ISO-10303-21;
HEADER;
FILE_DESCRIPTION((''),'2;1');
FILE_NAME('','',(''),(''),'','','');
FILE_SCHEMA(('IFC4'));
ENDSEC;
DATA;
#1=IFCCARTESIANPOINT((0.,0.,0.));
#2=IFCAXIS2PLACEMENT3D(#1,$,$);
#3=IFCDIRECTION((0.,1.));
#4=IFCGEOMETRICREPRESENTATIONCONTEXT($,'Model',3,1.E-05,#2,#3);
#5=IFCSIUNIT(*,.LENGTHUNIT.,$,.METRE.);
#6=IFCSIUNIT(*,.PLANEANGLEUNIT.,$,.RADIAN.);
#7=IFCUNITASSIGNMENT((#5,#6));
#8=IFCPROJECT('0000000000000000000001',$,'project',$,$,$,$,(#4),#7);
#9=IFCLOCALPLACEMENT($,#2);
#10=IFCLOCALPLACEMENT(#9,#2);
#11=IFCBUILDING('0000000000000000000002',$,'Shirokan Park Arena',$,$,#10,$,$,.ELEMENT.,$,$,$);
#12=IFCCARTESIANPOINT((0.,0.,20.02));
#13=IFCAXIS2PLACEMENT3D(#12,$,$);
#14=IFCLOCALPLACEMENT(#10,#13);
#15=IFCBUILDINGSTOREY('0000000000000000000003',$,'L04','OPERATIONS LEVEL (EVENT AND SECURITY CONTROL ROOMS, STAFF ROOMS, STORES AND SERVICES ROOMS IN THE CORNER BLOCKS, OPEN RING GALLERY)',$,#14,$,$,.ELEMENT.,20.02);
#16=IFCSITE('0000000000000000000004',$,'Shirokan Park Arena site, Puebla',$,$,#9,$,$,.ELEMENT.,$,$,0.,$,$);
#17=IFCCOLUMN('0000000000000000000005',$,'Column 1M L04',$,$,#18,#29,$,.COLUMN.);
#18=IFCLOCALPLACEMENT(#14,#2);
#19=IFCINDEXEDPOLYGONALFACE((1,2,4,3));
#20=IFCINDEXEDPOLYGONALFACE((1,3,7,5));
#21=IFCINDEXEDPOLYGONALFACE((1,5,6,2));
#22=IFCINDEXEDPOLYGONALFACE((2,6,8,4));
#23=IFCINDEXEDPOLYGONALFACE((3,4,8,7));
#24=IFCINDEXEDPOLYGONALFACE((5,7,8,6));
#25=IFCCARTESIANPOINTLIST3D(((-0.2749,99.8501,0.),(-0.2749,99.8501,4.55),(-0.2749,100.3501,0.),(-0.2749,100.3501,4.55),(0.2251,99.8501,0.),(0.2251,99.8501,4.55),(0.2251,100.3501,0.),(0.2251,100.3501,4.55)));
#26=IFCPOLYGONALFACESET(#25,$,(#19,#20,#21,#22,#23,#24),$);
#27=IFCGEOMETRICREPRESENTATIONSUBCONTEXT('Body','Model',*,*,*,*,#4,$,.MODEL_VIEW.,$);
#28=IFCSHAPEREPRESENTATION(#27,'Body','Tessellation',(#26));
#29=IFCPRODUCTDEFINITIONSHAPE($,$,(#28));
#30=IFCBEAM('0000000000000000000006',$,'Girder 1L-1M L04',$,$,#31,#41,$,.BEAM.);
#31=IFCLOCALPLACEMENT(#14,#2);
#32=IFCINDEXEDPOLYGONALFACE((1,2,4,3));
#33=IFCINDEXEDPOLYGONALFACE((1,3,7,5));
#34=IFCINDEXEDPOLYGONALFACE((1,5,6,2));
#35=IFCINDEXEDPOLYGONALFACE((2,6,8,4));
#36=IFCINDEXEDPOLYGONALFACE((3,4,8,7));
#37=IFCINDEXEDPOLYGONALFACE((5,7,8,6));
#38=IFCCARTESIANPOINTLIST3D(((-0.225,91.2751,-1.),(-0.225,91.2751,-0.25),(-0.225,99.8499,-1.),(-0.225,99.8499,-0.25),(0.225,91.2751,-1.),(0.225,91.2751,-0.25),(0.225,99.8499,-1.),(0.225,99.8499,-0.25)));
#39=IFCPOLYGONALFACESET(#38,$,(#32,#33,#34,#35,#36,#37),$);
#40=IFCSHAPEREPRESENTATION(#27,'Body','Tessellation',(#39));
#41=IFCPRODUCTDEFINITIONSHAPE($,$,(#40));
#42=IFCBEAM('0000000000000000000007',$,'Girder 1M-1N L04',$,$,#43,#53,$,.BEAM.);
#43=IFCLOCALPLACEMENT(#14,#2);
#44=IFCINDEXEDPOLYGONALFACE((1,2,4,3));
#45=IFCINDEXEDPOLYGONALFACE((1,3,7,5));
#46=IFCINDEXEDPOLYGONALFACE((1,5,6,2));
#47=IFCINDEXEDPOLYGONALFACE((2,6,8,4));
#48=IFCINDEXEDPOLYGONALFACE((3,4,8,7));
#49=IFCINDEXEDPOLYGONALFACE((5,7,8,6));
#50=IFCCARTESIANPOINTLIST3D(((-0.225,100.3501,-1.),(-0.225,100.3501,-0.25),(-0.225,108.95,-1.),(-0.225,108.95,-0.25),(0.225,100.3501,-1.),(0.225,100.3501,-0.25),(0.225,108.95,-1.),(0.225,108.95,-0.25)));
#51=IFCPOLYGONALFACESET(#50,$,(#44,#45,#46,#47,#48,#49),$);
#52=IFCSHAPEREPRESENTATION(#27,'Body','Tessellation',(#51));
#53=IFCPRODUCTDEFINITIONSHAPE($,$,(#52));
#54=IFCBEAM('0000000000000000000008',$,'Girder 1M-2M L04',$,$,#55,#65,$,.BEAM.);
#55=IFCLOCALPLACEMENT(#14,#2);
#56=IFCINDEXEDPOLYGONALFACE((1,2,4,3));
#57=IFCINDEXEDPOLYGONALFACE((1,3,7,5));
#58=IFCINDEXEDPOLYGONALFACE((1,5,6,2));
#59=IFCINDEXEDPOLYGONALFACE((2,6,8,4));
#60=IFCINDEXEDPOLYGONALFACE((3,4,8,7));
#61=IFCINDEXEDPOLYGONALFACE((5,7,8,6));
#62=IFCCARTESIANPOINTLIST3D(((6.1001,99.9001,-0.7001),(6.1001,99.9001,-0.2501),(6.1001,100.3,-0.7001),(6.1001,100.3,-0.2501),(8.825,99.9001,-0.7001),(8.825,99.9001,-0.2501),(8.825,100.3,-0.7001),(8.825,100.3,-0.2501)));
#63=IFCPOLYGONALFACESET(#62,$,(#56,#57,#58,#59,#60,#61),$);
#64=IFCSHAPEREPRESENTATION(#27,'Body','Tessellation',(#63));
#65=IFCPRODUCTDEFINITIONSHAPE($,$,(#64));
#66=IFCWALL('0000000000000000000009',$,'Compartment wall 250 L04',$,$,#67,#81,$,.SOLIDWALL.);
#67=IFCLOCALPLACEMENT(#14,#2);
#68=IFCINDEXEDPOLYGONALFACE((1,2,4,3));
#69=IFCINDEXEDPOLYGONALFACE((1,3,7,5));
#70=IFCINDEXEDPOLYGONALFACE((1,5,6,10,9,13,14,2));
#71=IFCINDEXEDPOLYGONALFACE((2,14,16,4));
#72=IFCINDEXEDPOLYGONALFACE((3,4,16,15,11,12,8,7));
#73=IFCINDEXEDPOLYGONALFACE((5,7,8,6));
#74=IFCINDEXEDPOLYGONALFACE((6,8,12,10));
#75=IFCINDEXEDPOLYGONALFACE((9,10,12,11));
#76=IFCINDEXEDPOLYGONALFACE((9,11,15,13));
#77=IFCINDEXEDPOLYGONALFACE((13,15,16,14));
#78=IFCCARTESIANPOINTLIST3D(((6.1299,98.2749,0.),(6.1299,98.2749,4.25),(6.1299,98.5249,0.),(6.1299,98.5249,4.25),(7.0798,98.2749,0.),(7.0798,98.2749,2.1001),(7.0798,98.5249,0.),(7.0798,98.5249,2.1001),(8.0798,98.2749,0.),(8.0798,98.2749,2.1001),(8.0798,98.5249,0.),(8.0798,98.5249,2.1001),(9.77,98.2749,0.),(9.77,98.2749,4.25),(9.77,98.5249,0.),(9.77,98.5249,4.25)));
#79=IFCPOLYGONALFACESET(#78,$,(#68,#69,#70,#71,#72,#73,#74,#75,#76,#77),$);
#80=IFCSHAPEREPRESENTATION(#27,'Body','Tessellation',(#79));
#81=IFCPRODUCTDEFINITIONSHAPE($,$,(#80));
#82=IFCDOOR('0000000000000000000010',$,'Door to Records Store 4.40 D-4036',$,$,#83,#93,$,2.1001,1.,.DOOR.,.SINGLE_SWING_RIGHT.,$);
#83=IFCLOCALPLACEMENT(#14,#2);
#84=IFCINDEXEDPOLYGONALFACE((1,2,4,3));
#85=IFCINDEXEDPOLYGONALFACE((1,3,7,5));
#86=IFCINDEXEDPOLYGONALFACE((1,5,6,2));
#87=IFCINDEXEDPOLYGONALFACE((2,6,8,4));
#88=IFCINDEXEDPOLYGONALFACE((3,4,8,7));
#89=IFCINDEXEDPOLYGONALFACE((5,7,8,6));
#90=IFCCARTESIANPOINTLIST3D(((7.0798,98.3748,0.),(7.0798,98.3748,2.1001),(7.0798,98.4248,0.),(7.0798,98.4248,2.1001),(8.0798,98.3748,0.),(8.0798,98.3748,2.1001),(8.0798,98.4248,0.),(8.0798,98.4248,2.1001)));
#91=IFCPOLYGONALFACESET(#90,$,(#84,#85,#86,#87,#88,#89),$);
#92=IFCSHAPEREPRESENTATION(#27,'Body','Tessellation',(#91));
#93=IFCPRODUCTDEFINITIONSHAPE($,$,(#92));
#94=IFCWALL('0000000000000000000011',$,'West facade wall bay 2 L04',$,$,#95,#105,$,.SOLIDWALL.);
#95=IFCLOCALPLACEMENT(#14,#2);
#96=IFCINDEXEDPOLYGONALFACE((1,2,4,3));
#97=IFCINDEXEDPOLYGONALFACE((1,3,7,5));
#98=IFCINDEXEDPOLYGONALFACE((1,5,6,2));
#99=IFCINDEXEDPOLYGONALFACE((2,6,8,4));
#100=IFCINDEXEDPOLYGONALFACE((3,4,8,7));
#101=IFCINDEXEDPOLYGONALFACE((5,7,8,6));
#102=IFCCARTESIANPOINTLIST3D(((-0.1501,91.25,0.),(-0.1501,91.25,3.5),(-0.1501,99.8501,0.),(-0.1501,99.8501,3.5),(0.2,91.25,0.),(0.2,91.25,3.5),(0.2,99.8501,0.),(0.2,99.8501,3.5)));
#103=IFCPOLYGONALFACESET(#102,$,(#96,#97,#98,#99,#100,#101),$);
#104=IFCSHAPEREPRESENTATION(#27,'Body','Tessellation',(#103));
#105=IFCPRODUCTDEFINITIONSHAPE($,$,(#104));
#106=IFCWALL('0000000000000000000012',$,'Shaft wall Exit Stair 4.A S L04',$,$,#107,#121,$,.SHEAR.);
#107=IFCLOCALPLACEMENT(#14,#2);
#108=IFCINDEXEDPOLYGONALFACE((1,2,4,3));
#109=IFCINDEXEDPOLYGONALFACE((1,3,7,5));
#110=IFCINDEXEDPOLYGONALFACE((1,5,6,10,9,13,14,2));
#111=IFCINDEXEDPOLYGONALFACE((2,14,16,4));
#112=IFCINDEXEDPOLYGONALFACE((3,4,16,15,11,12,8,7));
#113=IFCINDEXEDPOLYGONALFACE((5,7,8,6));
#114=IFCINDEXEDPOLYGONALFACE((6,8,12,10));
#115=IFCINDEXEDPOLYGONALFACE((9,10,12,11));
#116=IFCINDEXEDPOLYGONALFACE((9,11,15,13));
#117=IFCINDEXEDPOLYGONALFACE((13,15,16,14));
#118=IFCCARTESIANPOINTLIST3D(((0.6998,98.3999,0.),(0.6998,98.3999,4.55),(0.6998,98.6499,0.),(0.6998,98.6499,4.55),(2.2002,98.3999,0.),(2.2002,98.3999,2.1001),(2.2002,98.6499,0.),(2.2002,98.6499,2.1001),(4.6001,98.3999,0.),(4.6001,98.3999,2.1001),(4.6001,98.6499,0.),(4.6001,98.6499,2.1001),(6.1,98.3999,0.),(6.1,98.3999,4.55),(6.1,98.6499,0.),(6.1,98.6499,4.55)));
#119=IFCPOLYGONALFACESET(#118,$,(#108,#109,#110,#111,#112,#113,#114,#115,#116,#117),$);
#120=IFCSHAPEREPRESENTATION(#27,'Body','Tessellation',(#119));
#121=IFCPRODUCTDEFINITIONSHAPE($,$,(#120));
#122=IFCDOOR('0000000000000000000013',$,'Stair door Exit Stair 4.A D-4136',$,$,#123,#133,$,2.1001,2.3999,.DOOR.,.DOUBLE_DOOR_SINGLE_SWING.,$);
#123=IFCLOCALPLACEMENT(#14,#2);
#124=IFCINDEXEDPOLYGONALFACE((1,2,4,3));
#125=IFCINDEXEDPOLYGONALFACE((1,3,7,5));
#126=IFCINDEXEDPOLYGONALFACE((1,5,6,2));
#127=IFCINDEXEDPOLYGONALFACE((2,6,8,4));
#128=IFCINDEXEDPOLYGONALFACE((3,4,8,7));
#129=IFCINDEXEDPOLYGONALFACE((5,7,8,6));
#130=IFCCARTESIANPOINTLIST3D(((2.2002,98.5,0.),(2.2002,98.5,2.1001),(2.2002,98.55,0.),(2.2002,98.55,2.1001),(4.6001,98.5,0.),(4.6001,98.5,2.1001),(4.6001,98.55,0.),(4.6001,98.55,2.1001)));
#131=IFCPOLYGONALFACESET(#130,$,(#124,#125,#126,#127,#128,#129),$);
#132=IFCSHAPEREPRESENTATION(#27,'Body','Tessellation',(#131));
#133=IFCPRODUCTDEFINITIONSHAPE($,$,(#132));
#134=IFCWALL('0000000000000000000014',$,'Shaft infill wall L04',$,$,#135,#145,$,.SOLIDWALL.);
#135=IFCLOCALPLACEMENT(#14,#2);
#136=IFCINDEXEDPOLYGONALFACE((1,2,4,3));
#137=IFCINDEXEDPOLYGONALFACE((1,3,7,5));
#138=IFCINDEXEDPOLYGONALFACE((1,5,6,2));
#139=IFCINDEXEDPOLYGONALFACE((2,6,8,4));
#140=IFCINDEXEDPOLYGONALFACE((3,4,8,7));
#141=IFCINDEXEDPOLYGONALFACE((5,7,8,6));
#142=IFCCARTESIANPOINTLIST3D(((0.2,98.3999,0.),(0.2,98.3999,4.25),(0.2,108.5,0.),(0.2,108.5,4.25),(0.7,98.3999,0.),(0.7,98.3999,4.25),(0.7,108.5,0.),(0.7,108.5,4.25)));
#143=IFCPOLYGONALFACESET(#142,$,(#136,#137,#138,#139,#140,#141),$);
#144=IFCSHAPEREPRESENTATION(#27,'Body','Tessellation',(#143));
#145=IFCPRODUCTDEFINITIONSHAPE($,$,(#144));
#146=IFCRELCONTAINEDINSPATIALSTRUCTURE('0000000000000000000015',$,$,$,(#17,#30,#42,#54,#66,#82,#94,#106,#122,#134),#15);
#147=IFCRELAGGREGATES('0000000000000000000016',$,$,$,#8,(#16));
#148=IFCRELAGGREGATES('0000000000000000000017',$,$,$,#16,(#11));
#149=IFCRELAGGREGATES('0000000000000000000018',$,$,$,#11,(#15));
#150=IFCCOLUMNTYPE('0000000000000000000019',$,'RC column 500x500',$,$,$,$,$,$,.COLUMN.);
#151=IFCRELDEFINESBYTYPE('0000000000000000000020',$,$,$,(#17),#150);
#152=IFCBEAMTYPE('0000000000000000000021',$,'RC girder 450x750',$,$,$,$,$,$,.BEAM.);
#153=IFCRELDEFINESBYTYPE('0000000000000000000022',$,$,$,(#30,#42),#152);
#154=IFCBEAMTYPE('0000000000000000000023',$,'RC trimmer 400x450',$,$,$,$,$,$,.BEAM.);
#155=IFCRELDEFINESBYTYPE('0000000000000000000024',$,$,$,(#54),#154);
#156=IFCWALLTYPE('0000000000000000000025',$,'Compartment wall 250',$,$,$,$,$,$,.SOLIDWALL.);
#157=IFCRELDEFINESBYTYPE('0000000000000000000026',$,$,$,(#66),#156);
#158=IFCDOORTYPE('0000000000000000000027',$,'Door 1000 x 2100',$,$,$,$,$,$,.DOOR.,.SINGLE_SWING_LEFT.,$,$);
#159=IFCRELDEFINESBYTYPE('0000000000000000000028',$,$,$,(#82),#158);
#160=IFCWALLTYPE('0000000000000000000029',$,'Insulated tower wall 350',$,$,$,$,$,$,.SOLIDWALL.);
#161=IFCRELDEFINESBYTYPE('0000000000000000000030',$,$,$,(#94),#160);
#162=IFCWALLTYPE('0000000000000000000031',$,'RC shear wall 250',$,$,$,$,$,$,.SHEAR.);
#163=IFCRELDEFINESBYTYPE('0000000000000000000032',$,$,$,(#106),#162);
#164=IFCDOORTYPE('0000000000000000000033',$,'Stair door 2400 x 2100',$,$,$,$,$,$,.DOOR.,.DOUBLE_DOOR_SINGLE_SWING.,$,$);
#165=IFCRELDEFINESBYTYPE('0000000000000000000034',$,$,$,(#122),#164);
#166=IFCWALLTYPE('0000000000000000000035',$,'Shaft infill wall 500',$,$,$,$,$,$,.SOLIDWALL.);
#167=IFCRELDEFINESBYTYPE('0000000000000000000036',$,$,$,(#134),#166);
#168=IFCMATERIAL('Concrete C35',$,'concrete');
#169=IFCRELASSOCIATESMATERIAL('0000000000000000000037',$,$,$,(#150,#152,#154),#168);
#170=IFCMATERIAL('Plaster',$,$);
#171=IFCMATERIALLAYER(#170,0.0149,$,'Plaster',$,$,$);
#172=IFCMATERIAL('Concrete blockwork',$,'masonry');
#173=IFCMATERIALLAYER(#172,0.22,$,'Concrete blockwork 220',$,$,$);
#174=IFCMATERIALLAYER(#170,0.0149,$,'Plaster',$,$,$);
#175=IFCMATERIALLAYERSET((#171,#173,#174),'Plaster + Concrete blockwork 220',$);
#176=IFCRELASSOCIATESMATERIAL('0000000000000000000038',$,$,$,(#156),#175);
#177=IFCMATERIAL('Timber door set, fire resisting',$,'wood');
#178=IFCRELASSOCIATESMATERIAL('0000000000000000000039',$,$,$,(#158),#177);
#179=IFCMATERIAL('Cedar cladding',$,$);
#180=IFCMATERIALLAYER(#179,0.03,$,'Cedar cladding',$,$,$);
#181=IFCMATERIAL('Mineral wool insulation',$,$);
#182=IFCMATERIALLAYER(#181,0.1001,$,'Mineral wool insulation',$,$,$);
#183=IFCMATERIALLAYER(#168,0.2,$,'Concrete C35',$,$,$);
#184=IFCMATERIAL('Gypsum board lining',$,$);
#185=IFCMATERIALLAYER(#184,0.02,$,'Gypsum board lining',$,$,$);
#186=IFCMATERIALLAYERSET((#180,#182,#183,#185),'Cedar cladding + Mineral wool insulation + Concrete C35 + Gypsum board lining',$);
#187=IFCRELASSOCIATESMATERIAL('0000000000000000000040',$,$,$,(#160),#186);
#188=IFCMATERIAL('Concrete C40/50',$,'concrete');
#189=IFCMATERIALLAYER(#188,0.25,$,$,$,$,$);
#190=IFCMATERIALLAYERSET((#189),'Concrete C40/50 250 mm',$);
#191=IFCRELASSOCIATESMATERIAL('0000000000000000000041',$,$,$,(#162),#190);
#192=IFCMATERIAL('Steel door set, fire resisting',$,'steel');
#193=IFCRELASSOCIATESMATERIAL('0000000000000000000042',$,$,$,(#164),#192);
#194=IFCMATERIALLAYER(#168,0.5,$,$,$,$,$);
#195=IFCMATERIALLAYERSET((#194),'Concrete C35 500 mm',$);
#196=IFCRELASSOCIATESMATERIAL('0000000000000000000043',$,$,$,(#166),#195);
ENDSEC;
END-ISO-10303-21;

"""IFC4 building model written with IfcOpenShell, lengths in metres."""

from ifc_helpers import new_model, si_unit, direction, frame, frame_2d, origin, origin_2d, place, context, subcontext, project, spatial, rectangle, extrude, material, layer, layer_set, material_profile, profile_set, type_object, element, fill, save


model = new_model("IFC4")

# Units and contexts
model_context = context("Model", 3, precision=1e-05, world=origin(), true_north=direction((0.0, 1.0)))
body_context = subcontext(model_context, "Body", "Model", "MODEL_VIEW")
ifc_project = project(units=[si_unit("LENGTHUNIT", "METRE"), si_unit("PLANEANGLEUNIT", "RADIAN")], contexts=[model_context])

# Site, building, storey
site_placement = place(None, origin())
site = spatial("IfcSite", under=ifc_project, at=site_placement, Name="Shirokan Park Arena site, Puebla", CompositionType="ELEMENT", RefElevation=0.0)
building_placement = place(site_placement, origin())
building = spatial("IfcBuilding", under=site, at=building_placement, Name="Shirokan Park Arena", CompositionType="ELEMENT")
storey_placement = place(building_placement, frame((0.0, 0.0, 20.02)))
storey = spatial("IfcBuildingStorey", under=building, at=storey_placement, Name="L04", Description="OPERATIONS LEVEL (EVENT AND SECURITY CONTROL ROOMS, STAFF ROOMS, STORES AND SERVICES ROOMS IN THE CORNER BLOCKS, OPEN RING GALLERY)", CompositionType="ELEMENT", Elevation=20.02)

# Column
ifc_material_1 = material(Name="Concrete C35", Category="concrete")
ifc_material_profile_1 = material_profile(ifc_material_1, rectangle(XDim=0.5, YDim=0.5, at=origin_2d()), Name="500x500")
ifc_profile_set_1 = profile_set([ifc_material_profile_1], Name="Concrete C35")
column_type = type_object("IfcColumnType", Name="RC column 500x500", PredefinedType="COLUMN", material=ifc_profile_set_1)
column_placement = place(storey_placement, frame((-0.0249, 100.1001, 0.0), z_axis=(0.0, 0.0, 1.0), x_axis=(1.0, 0.0, 0.0)))
element("IfcColumn", 1, at=column_placement, inside=storey, type_object=column_type, Name="Column 1M L04", PredefinedType="COLUMN", context=body_context, shape_type="SweptSolid", body=[
    extrude(rectangle(XDim=0.5, YDim=0.5, at=origin_2d()), origin(), (0.0, 0.0, 1.0), 4.55),
])

# Beams
ifc_material_profile_2 = material_profile(ifc_material_1, rectangle(XDim=0.45, YDim=0.75, at=origin_2d()), Name="450x750")
ifc_profile_set_2 = profile_set([ifc_material_profile_2], Name="Concrete C35")
beam_type_1 = type_object("IfcBeamType", Name="RC girder 450x750", PredefinedType="BEAM", material=ifc_profile_set_2)
beam_1_placement = place(storey_placement, frame((0.0, 91.2751, -0.625), z_axis=(0.0, 1.0, 0.0), x_axis=(-1.0, 0.0, 0.0)))
element("IfcBeam", 2, at=beam_1_placement, inside=storey, type_object=beam_type_1, Name="Girder 1L-1M L04", PredefinedType="BEAM", context=body_context, shape_type="SweptSolid", body=[
    extrude(rectangle(XDim=0.45, YDim=0.75, at=origin_2d()), origin(), (0.0, 0.0, 1.0), 8.5747),
])
beam_2_placement = place(storey_placement, frame((0.0, 100.3501, -0.625), z_axis=(0.0, 1.0, 0.0), x_axis=(-1.0, 0.0, 0.0)))
element("IfcBeam", 3, at=beam_2_placement, inside=storey, type_object=beam_type_1, Name="Girder 1M-1N L04", PredefinedType="BEAM", context=body_context, shape_type="SweptSolid", body=[
    extrude(rectangle(XDim=0.45, YDim=0.75, at=origin_2d()), origin(), (0.0, 0.0, 1.0), 8.5999),
])
ifc_material_profile_3 = material_profile(ifc_material_1, rectangle(XDim=0.3999, YDim=0.45, at=origin_2d()), Name="400x450")
ifc_profile_set_3 = profile_set([ifc_material_profile_3], Name="Concrete C35")
beam_type_2 = type_object("IfcBeamType", Name="RC trimmer 400x450", PredefinedType="BEAM", material=ifc_profile_set_3)
beam_3_placement = place(storey_placement, frame((6.1001, 100.1001, -0.4751), z_axis=(1.0, 0.0, 0.0), x_axis=(0.0, 1.0, 0.0)))
element("IfcBeam", 4, at=beam_3_placement, inside=storey, type_object=beam_type_2, Name="Girder 1M-2M L04", PredefinedType="BEAM", context=body_context, shape_type="SweptSolid", body=[
    extrude(rectangle(XDim=0.3999, YDim=0.45, at=origin_2d()), origin(), (0.0, 0.0, 1.0), 2.7249),
])

# Wall, opening, door
ifc_material_2 = material(Name="Plaster")
ifc_layer_1 = layer(ifc_material_2, 0.0149, Name="Plaster")
ifc_material_3 = material(Name="Concrete blockwork", Category="masonry")
ifc_layer_2 = layer(ifc_material_3, 0.22, Name="Concrete blockwork 220")
ifc_layer_3 = layer(ifc_material_2, 0.0149, Name="Plaster")
ifc_layer_set_1 = layer_set([ifc_layer_1, ifc_layer_2, ifc_layer_3], Name="Plaster + Concrete blockwork 220")
wall_type_1 = type_object("IfcWallType", Name="Compartment wall 250", PredefinedType="SOLIDWALL", material=ifc_layer_set_1)
wall_1_placement = place(storey_placement, frame((6.1299, 98.3999, 0.0), z_axis=(0.0, 0.0, 1.0), x_axis=(1.0, 0.0, 0.0)))
wall_1 = element("IfcWall", 5, at=wall_1_placement, inside=storey, type_object=wall_type_1, Name="Compartment wall 250 L04", PredefinedType="SOLIDWALL", context=body_context, shape_type="SweptSolid", body=[
    extrude(rectangle(XDim=3.6401, YDim=0.25, at=frame_2d((1.8201, 0.0))), origin(), (0.0, 0.0, 1.0), 4.25),
])
opening_1_placement = place(wall_1_placement, frame((0.95, 0.0, 0.0)))
opening_1 = element("IfcOpeningElement", 6, at=opening_1_placement, cuts=wall_1, PredefinedType="OPENING", context=body_context, shape_type="SweptSolid", body=[
    extrude(rectangle(XDim=1.0, YDim=2.1001, at=frame_2d((0.5, 1.05))), frame((0.0, 0.135, 0.0), z_axis=(0.0, -1.0, 0.0), x_axis=(1.0, 0.0, 0.0)), (0.0, 0.0, 1.0), 0.27),
])
ifc_material_4 = material(Name="Timber door set, fire resisting", Category="wood")
door_type_1 = type_object("IfcDoorType", Name="Door 1000 x 2100", OperationType="SINGLE_SWING_LEFT", PredefinedType="DOOR", material=ifc_material_4)
door_1_placement = place(opening_1_placement, origin())
door_1 = element("IfcDoor", 7, at=door_1_placement, inside=storey, type_object=door_type_1, Name="Door to Records Store 4.40 D-4036", OperationType="SINGLE_SWING_RIGHT", OverallHeight=2.1001, OverallWidth=1.0, PredefinedType="DOOR", context=body_context, shape_type="SweptSolid", body=[
    extrude(rectangle(XDim=1.0, YDim=2.1001, at=frame_2d((0.5, 1.05))), frame((0.0, 0.0249, 0.0), z_axis=(0.0, -1.0, 0.0), x_axis=(1.0, 0.0, 0.0)), (0.0, 0.0, 1.0), 0.05),
])
fill(opening_1, door_1)

# Wall
ifc_material_5 = material(Name="Cedar cladding")
ifc_layer_4 = layer(ifc_material_5, 0.03, Name="Cedar cladding")
ifc_material_6 = material(Name="Mineral wool insulation")
ifc_layer_5 = layer(ifc_material_6, 0.1001, Name="Mineral wool insulation")
ifc_layer_6 = layer(ifc_material_1, 0.2, Name="Concrete C35")
ifc_material_7 = material(Name="Gypsum board lining")
ifc_layer_7 = layer(ifc_material_7, 0.02, Name="Gypsum board lining")
ifc_layer_set_2 = layer_set([ifc_layer_4, ifc_layer_5, ifc_layer_6, ifc_layer_7], Name="Cedar cladding + Mineral wool insulation + Concrete C35 + Gypsum board lining")
wall_type_2 = type_object("IfcWallType", Name="Insulated tower wall 350", PredefinedType="SOLIDWALL", material=ifc_layer_set_2)
wall_2_placement = place(storey_placement, frame((0.0249, 99.8501, 0.0), z_axis=(0.0, 0.0, 1.0), x_axis=(0.0, -1.0, 0.0)))
element("IfcWall", 8, at=wall_2_placement, inside=storey, type_object=wall_type_2, Name="West facade wall bay 2 L04", PredefinedType="SOLIDWALL", context=body_context, shape_type="SweptSolid", body=[
    extrude(rectangle(XDim=8.6001, YDim=0.3501, at=frame_2d((4.3, 0.0))), origin(), (0.0, 0.0, 1.0), 3.5),
])

# Wall, opening, door
ifc_material_8 = material(Name="Concrete C40/50", Category="concrete")
ifc_layer_8 = layer(ifc_material_8, 0.25)
ifc_layer_set_3 = layer_set([ifc_layer_8], Name="Concrete C40/50 250 mm")
wall_type_3 = type_object("IfcWallType", Name="RC shear wall 250", PredefinedType="SHEAR", material=ifc_layer_set_3)
wall_3_placement = place(storey_placement, frame((6.1001, 98.5249, 0.0), z_axis=(0.0, 0.0, 1.0), x_axis=(-1.0, 0.0, 0.0)))
wall_3 = element("IfcWall", 9, at=wall_3_placement, inside=storey, type_object=wall_type_3, Name="Shaft wall Exit Stair 4.A S L04", PredefinedType="SHEAR", context=body_context, shape_type="SweptSolid", body=[
    extrude(rectangle(XDim=5.4001, YDim=0.25, at=frame_2d((2.7002, 0.0))), origin(), (0.0, 0.0, 1.0), 4.55),
])
opening_2_placement = place(wall_3_placement, frame((1.5, 0.0, 0.0)))
opening_2 = element("IfcOpeningElement", 10, at=opening_2_placement, cuts=wall_3, PredefinedType="OPENING", context=body_context, shape_type="SweptSolid", body=[
    extrude(rectangle(XDim=2.3999, YDim=2.1001, at=frame_2d((1.2, 1.05))), frame((0.0, 0.135, 0.0), z_axis=(0.0, -1.0, 0.0), x_axis=(1.0, 0.0, 0.0)), (0.0, 0.0, 1.0), 0.27),
])
ifc_material_9 = material(Name="Steel door set, fire resisting", Category="steel")
door_type_2 = type_object("IfcDoorType", Name="Stair door 2400 x 2100", OperationType="DOUBLE_DOOR_SINGLE_SWING", PredefinedType="DOOR", material=ifc_material_9)
door_2_placement = place(opening_2_placement, origin())
door_2 = element("IfcDoor", 11, at=door_2_placement, inside=storey, type_object=door_type_2, Name="Stair door Exit Stair 4.A D-4136", OperationType="DOUBLE_DOOR_SINGLE_SWING", OverallHeight=2.1001, OverallWidth=2.3999, PredefinedType="DOOR", context=body_context, shape_type="SweptSolid", body=[
    extrude(rectangle(XDim=2.3999, YDim=2.1001, at=frame_2d((1.2, 1.05))), frame((0.0, 0.0249, 0.0), z_axis=(0.0, -1.0, 0.0), x_axis=(1.0, 0.0, 0.0)), (0.0, 0.0, 1.0), 0.05),
])
fill(opening_2, door_2)

# Wall
ifc_layer_9 = layer(ifc_material_1, 0.5)
ifc_layer_set_4 = layer_set([ifc_layer_9], Name="Concrete C35 500 mm")
wall_type_4 = type_object("IfcWallType", Name="Shaft infill wall 500", PredefinedType="SOLIDWALL", material=ifc_layer_set_4)
wall_4_placement = place(storey_placement, frame((0.45, 98.3999, 0.0), z_axis=(0.0, 0.0, 1.0), x_axis=(0.0, 1.0, 0.0)))
element("IfcWall", 12, at=wall_4_placement, inside=storey, type_object=wall_type_4, Name="Shaft infill wall L04", PredefinedType="SOLIDWALL", context=body_context, shape_type="SweptSolid", body=[
    extrude(rectangle(XDim=10.1001, YDim=0.5, at=frame_2d((5.05, 0.0))), origin(), (0.0, 0.0, 1.0), 4.25),
])

save(model, "model.ifc")
